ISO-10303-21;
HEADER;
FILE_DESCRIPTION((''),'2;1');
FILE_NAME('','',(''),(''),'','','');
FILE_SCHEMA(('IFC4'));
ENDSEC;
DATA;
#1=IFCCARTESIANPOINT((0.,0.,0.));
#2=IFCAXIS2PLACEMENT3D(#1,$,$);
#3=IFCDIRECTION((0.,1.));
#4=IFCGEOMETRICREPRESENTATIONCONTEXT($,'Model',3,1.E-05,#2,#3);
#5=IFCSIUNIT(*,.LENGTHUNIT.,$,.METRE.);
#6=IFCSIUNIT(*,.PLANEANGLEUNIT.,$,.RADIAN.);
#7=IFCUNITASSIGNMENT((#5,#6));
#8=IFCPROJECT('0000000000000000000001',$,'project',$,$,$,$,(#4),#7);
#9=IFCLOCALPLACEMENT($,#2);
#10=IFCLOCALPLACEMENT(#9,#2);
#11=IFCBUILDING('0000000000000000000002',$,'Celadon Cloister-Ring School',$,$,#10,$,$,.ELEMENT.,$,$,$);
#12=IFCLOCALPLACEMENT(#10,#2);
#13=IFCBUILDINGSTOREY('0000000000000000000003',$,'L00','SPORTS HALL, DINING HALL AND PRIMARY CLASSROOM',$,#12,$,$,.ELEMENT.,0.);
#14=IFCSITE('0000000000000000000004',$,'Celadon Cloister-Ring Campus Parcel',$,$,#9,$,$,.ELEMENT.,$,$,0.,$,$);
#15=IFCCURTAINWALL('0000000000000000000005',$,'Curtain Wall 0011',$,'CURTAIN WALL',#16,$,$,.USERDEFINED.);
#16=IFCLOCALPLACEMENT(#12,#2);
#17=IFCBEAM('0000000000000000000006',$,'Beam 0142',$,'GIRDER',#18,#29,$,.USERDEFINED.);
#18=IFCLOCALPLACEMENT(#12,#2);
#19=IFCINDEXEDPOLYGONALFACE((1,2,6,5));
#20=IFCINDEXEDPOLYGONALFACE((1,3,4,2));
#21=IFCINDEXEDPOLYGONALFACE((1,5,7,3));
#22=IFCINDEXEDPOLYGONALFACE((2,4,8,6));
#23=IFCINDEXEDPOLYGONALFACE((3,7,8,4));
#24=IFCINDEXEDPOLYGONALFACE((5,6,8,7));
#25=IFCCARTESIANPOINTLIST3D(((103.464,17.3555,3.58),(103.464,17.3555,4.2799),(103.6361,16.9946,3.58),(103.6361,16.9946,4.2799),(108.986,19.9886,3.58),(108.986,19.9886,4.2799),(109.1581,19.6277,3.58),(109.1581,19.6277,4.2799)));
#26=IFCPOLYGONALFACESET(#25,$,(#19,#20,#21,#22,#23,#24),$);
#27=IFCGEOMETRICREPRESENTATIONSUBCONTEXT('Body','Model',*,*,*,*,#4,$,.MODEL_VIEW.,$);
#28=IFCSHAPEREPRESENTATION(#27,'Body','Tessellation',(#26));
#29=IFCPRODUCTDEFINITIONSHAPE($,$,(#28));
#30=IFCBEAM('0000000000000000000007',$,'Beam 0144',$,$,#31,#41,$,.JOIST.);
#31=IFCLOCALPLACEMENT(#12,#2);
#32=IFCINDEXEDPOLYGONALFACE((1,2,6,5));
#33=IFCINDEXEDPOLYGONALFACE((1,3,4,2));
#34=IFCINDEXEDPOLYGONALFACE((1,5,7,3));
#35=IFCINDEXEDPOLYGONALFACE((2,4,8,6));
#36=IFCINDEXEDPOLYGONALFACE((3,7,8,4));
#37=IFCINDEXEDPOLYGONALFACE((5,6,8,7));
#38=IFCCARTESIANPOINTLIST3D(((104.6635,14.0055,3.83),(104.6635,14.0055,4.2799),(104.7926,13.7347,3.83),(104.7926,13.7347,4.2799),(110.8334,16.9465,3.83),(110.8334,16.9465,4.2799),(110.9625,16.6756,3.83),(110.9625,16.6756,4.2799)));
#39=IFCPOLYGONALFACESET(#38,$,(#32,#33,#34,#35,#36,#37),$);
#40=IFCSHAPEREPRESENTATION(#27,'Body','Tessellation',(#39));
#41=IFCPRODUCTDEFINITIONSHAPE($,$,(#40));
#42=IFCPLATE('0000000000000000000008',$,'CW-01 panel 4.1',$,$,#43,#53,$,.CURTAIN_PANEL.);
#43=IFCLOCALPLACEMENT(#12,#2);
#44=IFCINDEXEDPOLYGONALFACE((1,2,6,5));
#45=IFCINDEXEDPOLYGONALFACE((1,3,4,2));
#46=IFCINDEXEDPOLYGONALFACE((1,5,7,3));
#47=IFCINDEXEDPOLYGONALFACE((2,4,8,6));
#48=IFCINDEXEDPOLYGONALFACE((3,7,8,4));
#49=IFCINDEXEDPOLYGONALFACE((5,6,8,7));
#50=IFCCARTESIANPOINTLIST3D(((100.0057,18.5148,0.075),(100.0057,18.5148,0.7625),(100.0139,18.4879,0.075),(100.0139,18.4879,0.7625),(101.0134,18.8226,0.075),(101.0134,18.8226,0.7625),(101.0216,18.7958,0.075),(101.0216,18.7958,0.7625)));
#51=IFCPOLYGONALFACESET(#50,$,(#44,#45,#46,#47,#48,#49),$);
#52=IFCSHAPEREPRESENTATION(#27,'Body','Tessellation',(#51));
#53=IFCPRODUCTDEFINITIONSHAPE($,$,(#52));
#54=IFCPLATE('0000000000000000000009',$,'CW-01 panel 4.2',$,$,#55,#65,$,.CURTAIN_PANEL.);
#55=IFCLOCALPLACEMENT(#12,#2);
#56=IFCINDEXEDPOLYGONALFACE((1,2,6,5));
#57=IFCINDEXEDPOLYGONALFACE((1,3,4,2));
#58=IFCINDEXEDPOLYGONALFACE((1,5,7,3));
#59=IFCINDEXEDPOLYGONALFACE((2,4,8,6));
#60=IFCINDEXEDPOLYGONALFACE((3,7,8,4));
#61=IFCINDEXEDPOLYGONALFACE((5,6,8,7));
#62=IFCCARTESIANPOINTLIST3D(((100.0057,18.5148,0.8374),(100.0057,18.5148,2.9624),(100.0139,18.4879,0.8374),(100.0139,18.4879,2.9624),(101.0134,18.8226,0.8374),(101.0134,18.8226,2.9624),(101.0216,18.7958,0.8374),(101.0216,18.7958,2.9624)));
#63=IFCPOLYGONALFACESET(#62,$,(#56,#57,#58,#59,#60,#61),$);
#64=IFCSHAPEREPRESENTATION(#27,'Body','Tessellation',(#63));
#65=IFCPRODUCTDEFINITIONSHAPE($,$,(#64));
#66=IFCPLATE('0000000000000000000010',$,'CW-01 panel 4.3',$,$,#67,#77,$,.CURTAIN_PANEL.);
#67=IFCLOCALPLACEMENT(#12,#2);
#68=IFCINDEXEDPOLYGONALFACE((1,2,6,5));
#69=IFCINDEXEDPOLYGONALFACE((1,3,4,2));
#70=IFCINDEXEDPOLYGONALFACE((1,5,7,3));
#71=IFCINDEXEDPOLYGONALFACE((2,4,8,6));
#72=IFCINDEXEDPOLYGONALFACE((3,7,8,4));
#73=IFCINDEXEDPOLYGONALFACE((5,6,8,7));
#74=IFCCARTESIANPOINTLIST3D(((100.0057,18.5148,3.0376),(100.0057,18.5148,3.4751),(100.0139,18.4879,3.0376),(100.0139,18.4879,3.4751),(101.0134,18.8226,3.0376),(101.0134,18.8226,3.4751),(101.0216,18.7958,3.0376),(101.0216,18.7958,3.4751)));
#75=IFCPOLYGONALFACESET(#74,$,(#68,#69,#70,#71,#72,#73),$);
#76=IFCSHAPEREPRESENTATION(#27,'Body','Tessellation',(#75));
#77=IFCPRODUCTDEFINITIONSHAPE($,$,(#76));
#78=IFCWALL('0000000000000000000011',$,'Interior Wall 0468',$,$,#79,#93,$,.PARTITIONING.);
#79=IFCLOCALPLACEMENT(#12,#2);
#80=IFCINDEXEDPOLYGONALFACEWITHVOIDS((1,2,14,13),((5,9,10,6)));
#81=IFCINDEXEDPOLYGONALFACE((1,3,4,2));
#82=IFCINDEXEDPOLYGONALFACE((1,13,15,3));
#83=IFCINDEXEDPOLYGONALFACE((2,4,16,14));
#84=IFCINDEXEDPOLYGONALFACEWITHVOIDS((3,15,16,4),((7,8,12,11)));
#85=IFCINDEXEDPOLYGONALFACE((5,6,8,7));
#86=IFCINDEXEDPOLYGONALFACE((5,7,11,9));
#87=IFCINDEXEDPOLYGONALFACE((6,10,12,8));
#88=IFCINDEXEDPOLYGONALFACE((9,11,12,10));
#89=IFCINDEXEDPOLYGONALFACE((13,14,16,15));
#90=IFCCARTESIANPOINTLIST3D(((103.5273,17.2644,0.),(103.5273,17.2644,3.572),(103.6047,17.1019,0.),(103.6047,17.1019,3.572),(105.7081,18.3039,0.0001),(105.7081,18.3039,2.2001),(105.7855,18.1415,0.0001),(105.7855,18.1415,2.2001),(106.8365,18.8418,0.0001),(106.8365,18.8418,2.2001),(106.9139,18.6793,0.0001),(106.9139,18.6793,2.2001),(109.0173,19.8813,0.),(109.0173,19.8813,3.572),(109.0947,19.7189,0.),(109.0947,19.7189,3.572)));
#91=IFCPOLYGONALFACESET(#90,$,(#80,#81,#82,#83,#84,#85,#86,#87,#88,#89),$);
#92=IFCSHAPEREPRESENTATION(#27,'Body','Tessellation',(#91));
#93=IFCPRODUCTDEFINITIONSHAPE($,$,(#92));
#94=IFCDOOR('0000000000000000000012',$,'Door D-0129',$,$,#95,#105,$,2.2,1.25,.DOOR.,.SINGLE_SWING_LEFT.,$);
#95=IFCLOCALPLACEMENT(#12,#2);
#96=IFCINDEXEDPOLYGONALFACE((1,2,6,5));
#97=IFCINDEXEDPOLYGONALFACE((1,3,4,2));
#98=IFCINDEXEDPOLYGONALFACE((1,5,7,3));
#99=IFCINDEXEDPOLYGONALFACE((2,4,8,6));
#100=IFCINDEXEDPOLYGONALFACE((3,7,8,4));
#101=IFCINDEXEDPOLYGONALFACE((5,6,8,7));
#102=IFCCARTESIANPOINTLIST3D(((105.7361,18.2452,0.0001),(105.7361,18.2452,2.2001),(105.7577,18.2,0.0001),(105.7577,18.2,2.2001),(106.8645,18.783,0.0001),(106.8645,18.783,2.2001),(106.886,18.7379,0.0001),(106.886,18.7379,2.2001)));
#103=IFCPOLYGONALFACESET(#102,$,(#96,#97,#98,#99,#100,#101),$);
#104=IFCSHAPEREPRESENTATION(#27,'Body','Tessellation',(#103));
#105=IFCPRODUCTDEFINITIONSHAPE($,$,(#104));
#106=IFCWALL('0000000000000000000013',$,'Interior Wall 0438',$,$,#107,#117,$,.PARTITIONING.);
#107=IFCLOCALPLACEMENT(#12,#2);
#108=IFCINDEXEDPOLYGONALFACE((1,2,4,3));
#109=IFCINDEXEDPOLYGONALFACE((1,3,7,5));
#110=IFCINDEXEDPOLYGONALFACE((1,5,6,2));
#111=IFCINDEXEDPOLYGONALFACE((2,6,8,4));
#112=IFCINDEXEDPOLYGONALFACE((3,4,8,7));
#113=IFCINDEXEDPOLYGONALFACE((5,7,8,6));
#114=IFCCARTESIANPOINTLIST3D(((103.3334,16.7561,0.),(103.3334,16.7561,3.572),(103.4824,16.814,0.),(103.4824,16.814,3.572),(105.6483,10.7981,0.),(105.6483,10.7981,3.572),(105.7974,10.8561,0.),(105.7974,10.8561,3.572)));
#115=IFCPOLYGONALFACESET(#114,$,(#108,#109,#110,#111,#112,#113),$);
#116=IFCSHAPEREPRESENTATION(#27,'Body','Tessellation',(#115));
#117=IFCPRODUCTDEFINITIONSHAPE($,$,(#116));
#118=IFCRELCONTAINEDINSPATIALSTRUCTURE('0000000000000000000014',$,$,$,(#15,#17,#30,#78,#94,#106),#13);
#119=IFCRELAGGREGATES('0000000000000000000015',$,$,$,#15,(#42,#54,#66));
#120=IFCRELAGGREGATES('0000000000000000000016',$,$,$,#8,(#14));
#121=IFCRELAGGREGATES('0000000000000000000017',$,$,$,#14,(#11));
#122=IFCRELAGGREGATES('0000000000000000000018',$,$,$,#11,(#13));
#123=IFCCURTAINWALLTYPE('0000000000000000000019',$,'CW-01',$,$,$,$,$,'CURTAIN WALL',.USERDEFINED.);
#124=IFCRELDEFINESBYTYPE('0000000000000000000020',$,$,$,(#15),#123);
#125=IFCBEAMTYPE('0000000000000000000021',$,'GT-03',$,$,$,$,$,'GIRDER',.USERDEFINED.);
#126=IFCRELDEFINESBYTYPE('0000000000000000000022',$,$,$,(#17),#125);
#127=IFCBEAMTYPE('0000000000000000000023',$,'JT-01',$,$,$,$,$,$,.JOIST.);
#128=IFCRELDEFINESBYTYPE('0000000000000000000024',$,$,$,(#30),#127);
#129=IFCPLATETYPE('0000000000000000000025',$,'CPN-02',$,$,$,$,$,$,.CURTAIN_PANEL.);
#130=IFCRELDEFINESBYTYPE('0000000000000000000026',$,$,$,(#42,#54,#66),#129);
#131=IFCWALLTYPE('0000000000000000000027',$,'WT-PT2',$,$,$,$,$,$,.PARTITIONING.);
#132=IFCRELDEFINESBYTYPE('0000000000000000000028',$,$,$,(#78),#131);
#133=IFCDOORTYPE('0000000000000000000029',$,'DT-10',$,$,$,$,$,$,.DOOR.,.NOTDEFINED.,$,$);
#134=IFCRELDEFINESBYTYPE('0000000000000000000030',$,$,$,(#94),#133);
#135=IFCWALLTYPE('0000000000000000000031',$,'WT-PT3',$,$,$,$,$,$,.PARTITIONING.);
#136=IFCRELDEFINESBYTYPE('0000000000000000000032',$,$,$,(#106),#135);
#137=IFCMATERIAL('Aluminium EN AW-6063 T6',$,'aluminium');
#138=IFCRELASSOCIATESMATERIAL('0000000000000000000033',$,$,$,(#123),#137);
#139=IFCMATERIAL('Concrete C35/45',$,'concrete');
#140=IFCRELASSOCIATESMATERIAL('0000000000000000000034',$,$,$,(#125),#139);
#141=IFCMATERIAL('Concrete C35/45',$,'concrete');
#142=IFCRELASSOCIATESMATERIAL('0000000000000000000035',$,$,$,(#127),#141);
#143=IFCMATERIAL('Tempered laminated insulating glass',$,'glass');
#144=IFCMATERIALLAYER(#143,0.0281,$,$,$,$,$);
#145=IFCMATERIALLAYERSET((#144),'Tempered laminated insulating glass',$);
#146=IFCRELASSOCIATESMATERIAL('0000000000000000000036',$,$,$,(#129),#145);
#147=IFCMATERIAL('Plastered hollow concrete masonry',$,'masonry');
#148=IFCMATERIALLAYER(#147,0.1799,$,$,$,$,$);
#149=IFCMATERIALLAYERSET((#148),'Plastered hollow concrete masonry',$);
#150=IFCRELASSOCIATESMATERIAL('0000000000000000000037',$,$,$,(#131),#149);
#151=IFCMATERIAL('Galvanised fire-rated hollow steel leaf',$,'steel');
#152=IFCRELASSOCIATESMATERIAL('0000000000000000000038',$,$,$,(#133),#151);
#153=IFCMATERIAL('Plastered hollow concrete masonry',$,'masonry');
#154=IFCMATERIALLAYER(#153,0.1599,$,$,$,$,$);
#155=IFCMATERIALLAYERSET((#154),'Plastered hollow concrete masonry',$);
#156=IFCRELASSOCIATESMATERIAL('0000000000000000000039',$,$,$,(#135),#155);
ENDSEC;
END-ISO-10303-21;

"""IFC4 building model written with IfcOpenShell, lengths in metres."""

from ifc_helpers import new_model, si_unit, direction, frame, frame_2d, origin, origin_2d, place, context, subcontext, project, spatial, rectangle, extrude, material, layer, layer_set, material_profile, profile_set, type_object, element, fill, aggregate, save


model = new_model("IFC4")

# Units and contexts
model_context = context("Model", 3, precision=1e-05, world=origin(), true_north=direction((0.0, 1.0)))
body_context = subcontext(model_context, "Body", "Model", "MODEL_VIEW")
ifc_project = project(units=[si_unit("LENGTHUNIT", "METRE"), si_unit("PLANEANGLEUNIT", "RADIAN")], contexts=[model_context])

# Site, building, storey
site_placement = place(None, origin())
site = spatial("IfcSite", under=ifc_project, at=site_placement, Name="Celadon Cloister-Ring Campus Parcel", CompositionType="ELEMENT", RefElevation=0.0)
building_placement = place(site_placement, origin())
building = spatial("IfcBuilding", under=site, at=building_placement, Name="Celadon Cloister-Ring School", CompositionType="ELEMENT")
storey_placement = place(building_placement, origin())
storey = spatial("IfcBuildingStorey", under=building, at=storey_placement, Name="L00", Description="SPORTS HALL, DINING HALL AND PRIMARY CLASSROOM", CompositionType="ELEMENT", Elevation=0.0)

# Curtain wall
ifc_material_1 = material(Name="Aluminium EN AW-6063 T6", Category="aluminium")
curtain_wall_type = type_object("IfcCurtainWallType", Name="CW-01", ElementType="CURTAIN WALL", PredefinedType="USERDEFINED", material=ifc_material_1)
curtain_wall_placement = place(storey_placement, origin())
curtain_wall = element("IfcCurtainWall", 1, at=curtain_wall_placement, inside=storey, type_object=curtain_wall_type, Name="Curtain Wall 0011", ObjectType="CURTAIN WALL", PredefinedType="USERDEFINED")

# Beams
ifc_material_2 = material(Name="Concrete C35/45", Category="concrete")
ifc_material_profile_1 = material_profile(ifc_material_2, rectangle(XDim=0.3999, YDim=0.7, at=origin_2d()), Name="RC400X700")
ifc_profile_set_1 = profile_set([ifc_material_profile_1], Name="Concrete C35/45")
beam_type_1 = type_object("IfcBeamType", Name="GT-03", ElementType="GIRDER", PredefinedType="USERDEFINED", material=ifc_profile_set_1)
beam_1_placement = place(storey_placement, frame((103.55, 17.175, 3.9299), z_axis=(0.902635, 0.430406, 0.0), x_axis=(-0.430406, 0.902635, 0.0)))
element("IfcBeam", 2, at=beam_1_placement, inside=storey, type_object=beam_type_1, Name="Beam 0142", ObjectType="GIRDER", PredefinedType="USERDEFINED", context=body_context, shape_type="SweptSolid", body=[
    extrude(rectangle(XDim=0.3999, YDim=0.7, at=origin_2d()), origin(), (0.0, 0.0, 1.0), 6.1177),
])
ifc_material_3 = material(Name="Concrete C35/45", Category="concrete")
ifc_material_profile_2 = material_profile(ifc_material_3, rectangle(XDim=0.3, YDim=0.45, at=origin_2d()), Name="RC300X450")
ifc_profile_set_2 = profile_set([ifc_material_profile_2], Name="Concrete C35/45")
beam_type_2 = type_object("IfcBeamType", Name="JT-01", PredefinedType="JOIST", material=ifc_profile_set_2)
beam_2_placement = place(storey_placement, frame((104.728, 13.8701, 4.0549), z_axis=(0.902698, 0.430275, 0.0), x_axis=(-0.430275, 0.902698, 0.0)))
element("IfcBeam", 3, at=beam_2_placement, inside=storey, type_object=beam_type_2, Name="Beam 0144", PredefinedType="JOIST", context=body_context, shape_type="SweptSolid", body=[
    extrude(rectangle(XDim=0.3, YDim=0.45, at=origin_2d()), origin(), (0.0, 0.0, 1.0), 6.835),
])

# Plates
ifc_material_4 = material(Name="Tempered laminated insulating glass", Category="glass")
ifc_layer_1 = layer(ifc_material_4, 0.0281)
ifc_layer_set_1 = layer_set([ifc_layer_1], Name="Tempered laminated insulating glass")
plate_type = type_object("IfcPlateType", Name="CPN-02", PredefinedType="CURTAIN_PANEL", material=ifc_layer_set_1)
plate_1_placement = place(storey_placement, frame((100.5137, 18.6553, 0.075), z_axis=(0.0, 0.0, 1.0), x_axis=(0.956372, 0.292151, 0.0)))
plate_1 = element("IfcPlate", 4, at=plate_1_placement, type_object=plate_type, Name="CW-01 panel 4.1", PredefinedType="CURTAIN_PANEL", context=body_context, shape_type="SweptSolid", body=[
    extrude(rectangle(XDim=1.0537, YDim=0.0281, at=origin_2d()), origin(), (0.0, 0.0, 1.0), 0.6875),
])
plate_2_placement = place(storey_placement, frame((100.5137, 18.6553, 0.8374), z_axis=(0.0, 0.0, 1.0), x_axis=(0.956372, 0.292151, 0.0)))
plate_2 = element("IfcPlate", 5, at=plate_2_placement, type_object=plate_type, Name="CW-01 panel 4.2", PredefinedType="CURTAIN_PANEL", context=body_context, shape_type="SweptSolid", body=[
    extrude(rectangle(XDim=1.0537, YDim=0.0281, at=origin_2d()), origin(), (0.0, 0.0, 1.0), 2.125),
])
plate_3_placement = place(storey_placement, frame((100.5137, 18.6553, 3.0376), z_axis=(0.0, 0.0, 1.0), x_axis=(0.956372, 0.292151, 0.0)))
plate_3 = element("IfcPlate", 6, at=plate_3_placement, type_object=plate_type, Name="CW-01 panel 4.3", PredefinedType="CURTAIN_PANEL", context=body_context, shape_type="SweptSolid", body=[
    extrude(rectangle(XDim=1.0537, YDim=0.0281, at=origin_2d()), origin(), (0.0, 0.0, 1.0), 0.4375),
])
aggregate(curtain_wall, [plate_1, plate_2, plate_3])

# Wall, opening, door
ifc_material_5 = material(Name="Plastered hollow concrete masonry", Category="masonry")
ifc_layer_2 = layer(ifc_material_5, 0.1799)
ifc_layer_set_2 = layer_set([ifc_layer_2], Name="Plastered hollow concrete masonry")
wall_type_1 = type_object("IfcWallType", Name="WT-PT2", PredefinedType="PARTITIONING", material=ifc_layer_set_2)
wall_1_placement = place(storey_placement, frame((103.5659, 17.1831, 0.0), z_axis=(0.0, 0.0, 1.0), x_axis=(0.902691, 0.43029, 0.0)))
wall_1 = element("IfcWall", 7, at=wall_1_placement, inside=storey, type_object=wall_type_1, Name="Interior Wall 0468", PredefinedType="PARTITIONING", context=body_context, shape_type="SweptSolid", body=[
    extrude(rectangle(XDim=6.0818, YDim=0.1799, at=frame_2d((3.041, 0.0))), origin(), (0.0, 0.0, 1.0), 3.572),
])
opening_placement = place(wall_1_placement, frame((2.416, 0.0, 0.0)))
opening = element("IfcOpeningElement", 8, at=opening_placement, cuts=wall_1, PredefinedType="OPENING", context=body_context, shape_type="SweptSolid", body=[
    extrude(rectangle(XDim=1.25, YDim=2.2, at=frame_2d((0.625, 1.1001))), frame((0.0, 0.1001, 0.0), z_axis=(0.0, -1.0, 0.0), x_axis=(1.0, 0.0, 0.0)), (0.0, 0.0, 1.0), 0.2),
])
ifc_material_6 = material(Name="Galvanised fire-rated hollow steel leaf", Category="steel")
door_type = type_object("IfcDoorType", Name="DT-10", OperationType="NOTDEFINED", PredefinedType="DOOR", material=ifc_material_6)
door_placement = place(opening_placement, origin())
door = element("IfcDoor", 9, at=door_placement, inside=storey, type_object=door_type, Name="Door D-0129", OperationType="SINGLE_SWING_LEFT", OverallHeight=2.2, OverallWidth=1.25, PredefinedType="DOOR", context=body_context, shape_type="SweptSolid", body=[
    extrude(rectangle(XDim=1.25, YDim=2.2, at=frame_2d((0.625, 1.1001))), frame((0.0, 0.0249, 0.0), z_axis=(0.0, -1.0, 0.0), x_axis=(1.0, 0.0, 0.0)), (0.0, 0.0, 1.0), 0.05),
])
fill(opening, door)

# Wall
ifc_material_7 = material(Name="Plastered hollow concrete masonry", Category="masonry")
ifc_layer_3 = layer(ifc_material_7, 0.1599)
ifc_layer_set_3 = layer_set([ifc_layer_3], Name="Plastered hollow concrete masonry")
wall_type_2 = type_object("IfcWallType", Name="WT-PT3", PredefinedType="PARTITIONING", material=ifc_layer_set_3)
wall_2_placement = place(storey_placement, frame((103.408, 16.7849, 0.0), z_axis=(0.0, 0.0, 1.0), x_axis=(0.362166, -0.932114, 0.0)))
element("IfcWall", 10, at=wall_2_placement, inside=storey, type_object=wall_type_2, Name="Interior Wall 0438", PredefinedType="PARTITIONING", context=body_context, shape_type="SweptSolid", body=[
    extrude(rectangle(XDim=6.3918, YDim=0.1599, at=frame_2d((3.1958, 0.0))), origin(), (0.0, 0.0, 1.0), 3.572),
])

save(model, "model.ifc")
